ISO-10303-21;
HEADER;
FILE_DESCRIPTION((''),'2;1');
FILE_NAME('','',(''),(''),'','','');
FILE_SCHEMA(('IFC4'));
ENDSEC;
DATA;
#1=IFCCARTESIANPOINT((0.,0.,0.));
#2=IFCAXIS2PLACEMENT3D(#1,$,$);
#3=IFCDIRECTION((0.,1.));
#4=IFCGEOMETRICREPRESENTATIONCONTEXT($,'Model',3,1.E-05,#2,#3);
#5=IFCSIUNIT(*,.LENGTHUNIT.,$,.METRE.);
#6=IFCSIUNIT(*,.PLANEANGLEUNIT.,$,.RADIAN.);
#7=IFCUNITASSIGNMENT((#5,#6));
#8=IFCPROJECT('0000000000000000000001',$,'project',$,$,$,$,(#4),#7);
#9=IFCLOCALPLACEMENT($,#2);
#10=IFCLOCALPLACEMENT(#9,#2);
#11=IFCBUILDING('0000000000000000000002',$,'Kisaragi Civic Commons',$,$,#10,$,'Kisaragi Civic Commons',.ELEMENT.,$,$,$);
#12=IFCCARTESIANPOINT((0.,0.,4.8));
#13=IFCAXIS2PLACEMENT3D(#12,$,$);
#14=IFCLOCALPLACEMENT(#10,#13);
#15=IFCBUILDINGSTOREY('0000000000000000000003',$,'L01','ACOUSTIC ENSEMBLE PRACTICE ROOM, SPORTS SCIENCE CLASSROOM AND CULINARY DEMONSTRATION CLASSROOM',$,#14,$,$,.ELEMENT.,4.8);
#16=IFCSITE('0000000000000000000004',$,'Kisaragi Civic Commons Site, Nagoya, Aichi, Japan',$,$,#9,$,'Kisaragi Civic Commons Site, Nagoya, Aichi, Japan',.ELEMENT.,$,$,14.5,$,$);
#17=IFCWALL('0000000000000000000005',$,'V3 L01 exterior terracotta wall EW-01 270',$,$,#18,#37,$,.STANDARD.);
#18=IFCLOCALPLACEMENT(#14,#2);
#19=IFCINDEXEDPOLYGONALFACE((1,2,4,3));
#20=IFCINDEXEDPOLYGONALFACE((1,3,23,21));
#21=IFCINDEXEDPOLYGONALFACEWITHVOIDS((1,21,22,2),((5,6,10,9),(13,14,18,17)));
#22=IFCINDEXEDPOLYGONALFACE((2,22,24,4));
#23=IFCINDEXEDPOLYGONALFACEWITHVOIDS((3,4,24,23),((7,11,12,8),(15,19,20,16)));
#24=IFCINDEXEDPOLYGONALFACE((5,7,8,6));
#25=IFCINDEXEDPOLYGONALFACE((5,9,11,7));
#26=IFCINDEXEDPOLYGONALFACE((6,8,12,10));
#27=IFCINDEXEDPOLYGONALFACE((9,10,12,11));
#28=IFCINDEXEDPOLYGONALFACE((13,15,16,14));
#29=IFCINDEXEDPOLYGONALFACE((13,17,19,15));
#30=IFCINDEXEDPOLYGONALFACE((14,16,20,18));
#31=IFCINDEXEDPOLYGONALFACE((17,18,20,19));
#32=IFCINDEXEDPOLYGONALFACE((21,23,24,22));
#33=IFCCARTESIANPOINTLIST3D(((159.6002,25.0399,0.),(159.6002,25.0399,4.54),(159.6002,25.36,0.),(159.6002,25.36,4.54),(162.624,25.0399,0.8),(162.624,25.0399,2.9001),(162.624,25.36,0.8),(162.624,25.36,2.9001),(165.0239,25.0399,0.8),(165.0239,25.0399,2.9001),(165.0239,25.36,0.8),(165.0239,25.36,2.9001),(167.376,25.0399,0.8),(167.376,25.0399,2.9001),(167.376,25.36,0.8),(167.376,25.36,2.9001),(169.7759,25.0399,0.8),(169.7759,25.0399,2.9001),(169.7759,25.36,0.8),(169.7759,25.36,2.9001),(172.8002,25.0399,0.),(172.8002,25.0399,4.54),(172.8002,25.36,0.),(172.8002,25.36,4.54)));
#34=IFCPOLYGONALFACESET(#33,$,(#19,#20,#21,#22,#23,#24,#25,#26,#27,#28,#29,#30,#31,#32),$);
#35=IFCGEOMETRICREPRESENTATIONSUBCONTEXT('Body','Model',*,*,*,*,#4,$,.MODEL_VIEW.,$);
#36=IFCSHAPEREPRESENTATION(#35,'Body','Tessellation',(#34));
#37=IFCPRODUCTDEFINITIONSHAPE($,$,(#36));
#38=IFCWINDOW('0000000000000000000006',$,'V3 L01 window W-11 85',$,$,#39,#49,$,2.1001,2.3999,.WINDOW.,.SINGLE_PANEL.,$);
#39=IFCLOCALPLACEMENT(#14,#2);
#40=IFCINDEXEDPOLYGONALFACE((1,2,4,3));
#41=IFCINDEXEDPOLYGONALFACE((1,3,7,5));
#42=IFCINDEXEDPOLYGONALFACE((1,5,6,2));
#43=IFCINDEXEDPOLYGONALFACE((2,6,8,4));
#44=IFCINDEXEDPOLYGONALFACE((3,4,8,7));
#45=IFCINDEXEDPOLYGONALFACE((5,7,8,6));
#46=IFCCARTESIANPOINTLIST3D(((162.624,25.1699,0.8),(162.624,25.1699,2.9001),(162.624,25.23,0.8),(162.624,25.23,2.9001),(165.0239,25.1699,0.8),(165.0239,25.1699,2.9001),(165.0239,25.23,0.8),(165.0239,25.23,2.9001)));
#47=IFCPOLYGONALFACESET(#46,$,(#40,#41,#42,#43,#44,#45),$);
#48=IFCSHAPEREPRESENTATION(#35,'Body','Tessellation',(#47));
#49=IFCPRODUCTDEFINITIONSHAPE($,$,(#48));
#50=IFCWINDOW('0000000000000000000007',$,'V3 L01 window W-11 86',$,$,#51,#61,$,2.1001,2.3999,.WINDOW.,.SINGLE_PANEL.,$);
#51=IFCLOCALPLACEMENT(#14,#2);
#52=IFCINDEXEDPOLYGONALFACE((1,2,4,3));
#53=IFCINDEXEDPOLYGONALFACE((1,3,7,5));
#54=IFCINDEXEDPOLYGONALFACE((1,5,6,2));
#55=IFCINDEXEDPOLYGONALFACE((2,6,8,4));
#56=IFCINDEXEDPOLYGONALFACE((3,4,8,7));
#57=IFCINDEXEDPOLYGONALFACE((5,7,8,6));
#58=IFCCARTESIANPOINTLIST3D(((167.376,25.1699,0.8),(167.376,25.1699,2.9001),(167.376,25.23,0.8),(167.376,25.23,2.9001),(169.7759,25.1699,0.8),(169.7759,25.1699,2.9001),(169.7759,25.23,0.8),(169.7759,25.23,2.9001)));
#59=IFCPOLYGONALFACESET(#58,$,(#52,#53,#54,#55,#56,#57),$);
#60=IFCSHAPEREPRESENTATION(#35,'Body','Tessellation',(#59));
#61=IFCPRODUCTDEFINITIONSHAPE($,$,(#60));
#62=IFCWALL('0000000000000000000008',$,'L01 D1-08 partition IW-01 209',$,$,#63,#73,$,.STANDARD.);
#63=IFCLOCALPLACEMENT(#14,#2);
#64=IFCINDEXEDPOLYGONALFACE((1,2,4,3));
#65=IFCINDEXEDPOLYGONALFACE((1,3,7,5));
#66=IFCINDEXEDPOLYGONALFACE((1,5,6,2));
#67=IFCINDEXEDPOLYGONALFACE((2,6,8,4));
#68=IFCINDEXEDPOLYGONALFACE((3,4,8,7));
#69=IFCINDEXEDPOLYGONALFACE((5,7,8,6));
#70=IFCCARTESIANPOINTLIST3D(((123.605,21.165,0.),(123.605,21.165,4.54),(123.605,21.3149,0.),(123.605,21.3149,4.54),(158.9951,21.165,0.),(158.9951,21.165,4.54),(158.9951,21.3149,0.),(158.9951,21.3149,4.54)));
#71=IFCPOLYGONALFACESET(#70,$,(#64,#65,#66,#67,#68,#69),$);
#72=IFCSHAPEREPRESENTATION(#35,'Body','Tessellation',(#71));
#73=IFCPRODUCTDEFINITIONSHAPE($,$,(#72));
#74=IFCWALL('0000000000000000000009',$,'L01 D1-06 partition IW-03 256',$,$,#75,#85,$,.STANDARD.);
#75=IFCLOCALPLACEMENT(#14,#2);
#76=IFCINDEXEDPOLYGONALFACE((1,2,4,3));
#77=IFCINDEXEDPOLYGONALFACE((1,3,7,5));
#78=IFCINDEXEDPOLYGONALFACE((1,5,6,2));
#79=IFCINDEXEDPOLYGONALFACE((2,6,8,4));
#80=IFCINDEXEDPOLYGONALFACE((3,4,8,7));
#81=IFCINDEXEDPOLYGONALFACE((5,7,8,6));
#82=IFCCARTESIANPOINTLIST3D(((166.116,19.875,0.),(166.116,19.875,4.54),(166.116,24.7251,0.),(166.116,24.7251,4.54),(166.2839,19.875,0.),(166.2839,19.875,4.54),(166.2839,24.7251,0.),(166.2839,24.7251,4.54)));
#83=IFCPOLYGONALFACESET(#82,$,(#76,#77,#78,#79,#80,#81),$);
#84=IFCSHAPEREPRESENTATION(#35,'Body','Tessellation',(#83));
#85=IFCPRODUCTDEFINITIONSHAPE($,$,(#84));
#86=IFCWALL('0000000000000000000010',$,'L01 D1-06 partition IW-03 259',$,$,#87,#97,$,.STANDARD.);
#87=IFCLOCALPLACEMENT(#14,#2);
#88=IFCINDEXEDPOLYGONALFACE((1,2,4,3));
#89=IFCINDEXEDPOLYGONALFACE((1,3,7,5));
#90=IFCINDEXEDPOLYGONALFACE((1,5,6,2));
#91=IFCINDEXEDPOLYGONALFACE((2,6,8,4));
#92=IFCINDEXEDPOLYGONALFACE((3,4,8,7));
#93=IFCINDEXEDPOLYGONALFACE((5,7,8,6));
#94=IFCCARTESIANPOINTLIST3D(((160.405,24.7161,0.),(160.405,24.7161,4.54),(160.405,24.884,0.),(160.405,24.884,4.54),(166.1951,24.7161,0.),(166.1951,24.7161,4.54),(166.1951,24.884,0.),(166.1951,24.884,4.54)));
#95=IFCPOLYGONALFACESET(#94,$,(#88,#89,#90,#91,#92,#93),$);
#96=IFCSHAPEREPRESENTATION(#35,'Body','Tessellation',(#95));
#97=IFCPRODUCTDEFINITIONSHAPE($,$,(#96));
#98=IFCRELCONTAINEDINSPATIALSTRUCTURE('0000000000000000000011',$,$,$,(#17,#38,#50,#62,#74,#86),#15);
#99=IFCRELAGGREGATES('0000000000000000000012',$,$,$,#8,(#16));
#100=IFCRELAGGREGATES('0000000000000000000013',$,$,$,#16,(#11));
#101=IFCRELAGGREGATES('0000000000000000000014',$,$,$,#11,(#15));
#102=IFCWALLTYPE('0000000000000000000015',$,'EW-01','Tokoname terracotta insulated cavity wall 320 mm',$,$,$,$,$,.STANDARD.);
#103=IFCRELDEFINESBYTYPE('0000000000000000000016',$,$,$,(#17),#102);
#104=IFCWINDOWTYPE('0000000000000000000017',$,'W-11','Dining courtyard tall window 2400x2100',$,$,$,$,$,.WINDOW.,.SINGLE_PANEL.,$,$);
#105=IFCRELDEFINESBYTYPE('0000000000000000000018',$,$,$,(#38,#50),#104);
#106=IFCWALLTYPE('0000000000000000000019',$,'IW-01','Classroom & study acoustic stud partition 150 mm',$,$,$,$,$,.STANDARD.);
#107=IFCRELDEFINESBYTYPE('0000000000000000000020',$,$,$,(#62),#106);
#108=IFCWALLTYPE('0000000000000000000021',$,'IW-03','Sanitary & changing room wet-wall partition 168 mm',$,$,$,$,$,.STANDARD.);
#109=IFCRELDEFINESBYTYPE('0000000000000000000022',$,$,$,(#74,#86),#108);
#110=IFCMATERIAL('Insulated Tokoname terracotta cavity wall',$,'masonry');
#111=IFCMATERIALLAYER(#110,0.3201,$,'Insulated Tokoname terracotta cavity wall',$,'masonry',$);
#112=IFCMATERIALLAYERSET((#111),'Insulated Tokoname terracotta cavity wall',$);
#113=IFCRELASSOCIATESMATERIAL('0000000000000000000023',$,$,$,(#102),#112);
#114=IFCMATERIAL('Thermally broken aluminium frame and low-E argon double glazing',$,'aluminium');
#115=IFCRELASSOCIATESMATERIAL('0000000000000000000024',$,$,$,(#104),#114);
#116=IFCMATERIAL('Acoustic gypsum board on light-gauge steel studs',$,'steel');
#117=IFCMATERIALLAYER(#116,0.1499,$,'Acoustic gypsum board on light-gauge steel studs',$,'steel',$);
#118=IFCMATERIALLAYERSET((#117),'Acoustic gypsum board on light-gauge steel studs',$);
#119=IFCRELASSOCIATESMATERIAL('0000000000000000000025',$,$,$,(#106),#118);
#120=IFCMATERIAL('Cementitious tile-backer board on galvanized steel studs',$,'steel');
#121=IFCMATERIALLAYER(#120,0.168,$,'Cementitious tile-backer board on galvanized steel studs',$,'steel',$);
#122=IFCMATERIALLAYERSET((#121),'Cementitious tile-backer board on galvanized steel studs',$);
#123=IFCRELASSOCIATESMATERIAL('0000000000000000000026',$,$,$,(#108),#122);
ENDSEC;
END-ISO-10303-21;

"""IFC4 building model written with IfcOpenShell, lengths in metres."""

from ifc_helpers import new_model, si_unit, direction, frame, frame_2d, origin, place, context, subcontext, project, spatial, rectangle, extrude, material, layer, layer_set, type_object, element, fill, save


model = new_model("IFC4")

# Units and contexts
model_context = context("Model", 3, precision=1e-05, world=origin(), true_north=direction((0.0, 1.0)))
body_context = subcontext(model_context, "Body", "Model", "MODEL_VIEW")
ifc_project = project(units=[si_unit("LENGTHUNIT", "METRE"), si_unit("PLANEANGLEUNIT", "RADIAN")], contexts=[model_context])

# Site, building, storey
site_placement = place(None, origin())
site = spatial("IfcSite", under=ifc_project, at=site_placement, Name="Kisaragi Civic Commons Site, Nagoya, Aichi, Japan", LongName="Kisaragi Civic Commons Site, Nagoya, Aichi, Japan", CompositionType="ELEMENT", RefElevation=14.5)
building_placement = place(site_placement, origin())
building = spatial("IfcBuilding", under=site, at=building_placement, Name="Kisaragi Civic Commons", LongName="Kisaragi Civic Commons", CompositionType="ELEMENT")
storey_placement = place(building_placement, frame((0.0, 0.0, 4.8)))
storey = spatial("IfcBuildingStorey", under=building, at=storey_placement, Name="L01", Description="ACOUSTIC ENSEMBLE PRACTICE ROOM, SPORTS SCIENCE CLASSROOM AND CULINARY DEMONSTRATION CLASSROOM", CompositionType="ELEMENT", Elevation=4.8)

# Wall, openings, windows
ifc_material_1 = material(Name="Insulated Tokoname terracotta cavity wall", Category="masonry")
ifc_layer_1 = layer(ifc_material_1, 0.3201, Name="Insulated Tokoname terracotta cavity wall", Category="masonry")
ifc_layer_set_1 = layer_set([ifc_layer_1], Name="Insulated Tokoname terracotta cavity wall")
wall_type_1 = type_object("IfcWallType", Name="EW-01", Description="Tokoname terracotta insulated cavity wall 320 mm", PredefinedType="STANDARD", material=ifc_layer_set_1)
wall_1_placement = place(storey_placement, frame((159.6001, 25.2, 0.0), z_axis=(0.0, 0.0, 1.0), x_axis=(1.0, 0.0, 0.0)))
wall_1 = element("IfcWall", 1, at=wall_1_placement, inside=storey, type_object=wall_type_1, Name="V3 L01 exterior terracotta wall EW-01 270", PredefinedType="STANDARD", context=body_context, shape_type="SweptSolid", body=[
    extrude(rectangle(XDim=13.2, YDim=0.3201, at=frame_2d((6.6001, 0.0))), origin(), (0.0, 0.0, 1.0), 4.54),
])
opening_1_placement = place(wall_1_placement, frame((3.0239, 0.0, 0.8)))
opening_1 = element("IfcOpeningElement", 2, at=opening_1_placement, cuts=wall_1, PredefinedType="OPENING", context=body_context, shape_type="SweptSolid", body=[
    extrude(rectangle(XDim=2.3999, YDim=2.1001, at=frame_2d((1.2, 1.05))), frame((0.0, 0.1699, 0.0), z_axis=(0.0, -1.0, 0.0), x_axis=(1.0, 0.0, 0.0)), (0.0, 0.0, 1.0), 0.3401),
])
opening_2_placement = place(wall_1_placement, frame((7.7759, 0.0, 0.8)))
opening_2 = element("IfcOpeningElement", 3, at=opening_2_placement, cuts=wall_1, PredefinedType="OPENING", context=body_context, shape_type="SweptSolid", body=[
    extrude(rectangle(XDim=2.3999, YDim=2.1001, at=frame_2d((1.2, 1.05))), frame((0.0, 0.1699, 0.0), z_axis=(0.0, -1.0, 0.0), x_axis=(1.0, 0.0, 0.0)), (0.0, 0.0, 1.0), 0.3401),
])
ifc_material_2 = material(Name="Thermally broken aluminium frame and low-E argon double glazing", Category="aluminium")
window_type = type_object("IfcWindowType", Name="W-11", Description="Dining courtyard tall window 2400x2100", PartitioningType="SINGLE_PANEL", PredefinedType="WINDOW", material=ifc_material_2)
window_1_placement = place(opening_1_placement, origin())
window_1 = element("IfcWindow", 4, at=window_1_placement, inside=storey, type_object=window_type, Name="V3 L01 window W-11 85", OverallHeight=2.1001, OverallWidth=2.3999, PartitioningType="SINGLE_PANEL", PredefinedType="WINDOW", context=body_context, shape_type="SweptSolid", body=[
    extrude(rectangle(XDim=2.3999, YDim=2.1001, at=frame_2d((1.2, 1.05))), frame((0.0, 0.03, 0.0), z_axis=(0.0, -1.0, 0.0), x_axis=(1.0, 0.0, 0.0)), (0.0, 0.0, 1.0), 0.0601),
])
fill(opening_1, window_1)
window_2_placement = place(opening_2_placement, origin())
window_2 = element("IfcWindow", 5, at=window_2_placement, inside=storey, type_object=window_type, Name="V3 L01 window W-11 86", OverallHeight=2.1001, OverallWidth=2.3999, PartitioningType="SINGLE_PANEL", PredefinedType="WINDOW", context=body_context, shape_type="SweptSolid", body=[
    extrude(rectangle(XDim=2.3999, YDim=2.1001, at=frame_2d((1.2, 1.05))), frame((0.0, 0.03, 0.0), z_axis=(0.0, -1.0, 0.0), x_axis=(1.0, 0.0, 0.0)), (0.0, 0.0, 1.0), 0.0601),
])
fill(opening_2, window_2)

# Shared definitions
ifc_material_3 = material(Name="Acoustic gypsum board on light-gauge steel studs", Category="steel")
ifc_layer_2 = layer(ifc_material_3, 0.1499, Name="Acoustic gypsum board on light-gauge steel studs", Category="steel")
ifc_layer_set_2 = layer_set([ifc_layer_2], Name="Acoustic gypsum board on light-gauge steel studs")
wall_type_2 = type_object("IfcWallType", Name="IW-01", Description="Classroom & study acoustic stud partition 150 mm", PredefinedType="STANDARD", material=ifc_layer_set_2)

# Walls
wall_2_placement = place(storey_placement, frame((158.9951, 21.24, 0.0), z_axis=(0.0, 0.0, 1.0), x_axis=(-1.0, 0.0, 0.0)))
element("IfcWall", 6, at=wall_2_placement, inside=storey, type_object=wall_type_2, Name="L01 D1-08 partition IW-01 209", PredefinedType="STANDARD", context=body_context, shape_type="SweptSolid", body=[
    extrude(rectangle(XDim=35.3901, YDim=0.1499, at=frame_2d((17.6951, 0.0))), origin(), (0.0, 0.0, 1.0), 4.54),
])
ifc_material_4 = material(Name="Cementitious tile-backer board on galvanized steel studs", Category="steel")
ifc_layer_3 = layer(ifc_material_4, 0.168, Name="Cementitious tile-backer board on galvanized steel studs", Category="steel")
ifc_layer_set_3 = layer_set([ifc_layer_3], Name="Cementitious tile-backer board on galvanized steel studs")
wall_type_3 = type_object("IfcWallType", Name="IW-03", Description="Sanitary & changing room wet-wall partition 168 mm", PredefinedType="STANDARD", material=ifc_layer_set_3)
wall_3_placement = place(storey_placement, frame((166.2, 24.7251, 0.0), z_axis=(0.0, 0.0, 1.0), x_axis=(0.0, -1.0, 0.0)))
element("IfcWall", 7, at=wall_3_placement, inside=storey, type_object=wall_type_3, Name="L01 D1-06 partition IW-03 256", PredefinedType="STANDARD", context=body_context, shape_type="SweptSolid", body=[
    extrude(rectangle(XDim=4.8501, YDim=0.168, at=frame_2d((2.425, 0.0))), origin(), (0.0, 0.0, 1.0), 4.54),
])
wall_4_placement = place(storey_placement, frame((160.405, 24.8, 0.0), z_axis=(0.0, 0.0, 1.0), x_axis=(1.0, 0.0, 0.0)))
element("IfcWall", 8, at=wall_4_placement, inside=storey, type_object=wall_type_3, Name="L01 D1-06 partition IW-03 259", PredefinedType="STANDARD", context=body_context, shape_type="SweptSolid", body=[
    extrude(rectangle(XDim=5.79, YDim=0.168, at=frame_2d((2.895, 0.0))), origin(), (0.0, 0.0, 1.0), 4.54),
])

save(model, "model.ifc")
